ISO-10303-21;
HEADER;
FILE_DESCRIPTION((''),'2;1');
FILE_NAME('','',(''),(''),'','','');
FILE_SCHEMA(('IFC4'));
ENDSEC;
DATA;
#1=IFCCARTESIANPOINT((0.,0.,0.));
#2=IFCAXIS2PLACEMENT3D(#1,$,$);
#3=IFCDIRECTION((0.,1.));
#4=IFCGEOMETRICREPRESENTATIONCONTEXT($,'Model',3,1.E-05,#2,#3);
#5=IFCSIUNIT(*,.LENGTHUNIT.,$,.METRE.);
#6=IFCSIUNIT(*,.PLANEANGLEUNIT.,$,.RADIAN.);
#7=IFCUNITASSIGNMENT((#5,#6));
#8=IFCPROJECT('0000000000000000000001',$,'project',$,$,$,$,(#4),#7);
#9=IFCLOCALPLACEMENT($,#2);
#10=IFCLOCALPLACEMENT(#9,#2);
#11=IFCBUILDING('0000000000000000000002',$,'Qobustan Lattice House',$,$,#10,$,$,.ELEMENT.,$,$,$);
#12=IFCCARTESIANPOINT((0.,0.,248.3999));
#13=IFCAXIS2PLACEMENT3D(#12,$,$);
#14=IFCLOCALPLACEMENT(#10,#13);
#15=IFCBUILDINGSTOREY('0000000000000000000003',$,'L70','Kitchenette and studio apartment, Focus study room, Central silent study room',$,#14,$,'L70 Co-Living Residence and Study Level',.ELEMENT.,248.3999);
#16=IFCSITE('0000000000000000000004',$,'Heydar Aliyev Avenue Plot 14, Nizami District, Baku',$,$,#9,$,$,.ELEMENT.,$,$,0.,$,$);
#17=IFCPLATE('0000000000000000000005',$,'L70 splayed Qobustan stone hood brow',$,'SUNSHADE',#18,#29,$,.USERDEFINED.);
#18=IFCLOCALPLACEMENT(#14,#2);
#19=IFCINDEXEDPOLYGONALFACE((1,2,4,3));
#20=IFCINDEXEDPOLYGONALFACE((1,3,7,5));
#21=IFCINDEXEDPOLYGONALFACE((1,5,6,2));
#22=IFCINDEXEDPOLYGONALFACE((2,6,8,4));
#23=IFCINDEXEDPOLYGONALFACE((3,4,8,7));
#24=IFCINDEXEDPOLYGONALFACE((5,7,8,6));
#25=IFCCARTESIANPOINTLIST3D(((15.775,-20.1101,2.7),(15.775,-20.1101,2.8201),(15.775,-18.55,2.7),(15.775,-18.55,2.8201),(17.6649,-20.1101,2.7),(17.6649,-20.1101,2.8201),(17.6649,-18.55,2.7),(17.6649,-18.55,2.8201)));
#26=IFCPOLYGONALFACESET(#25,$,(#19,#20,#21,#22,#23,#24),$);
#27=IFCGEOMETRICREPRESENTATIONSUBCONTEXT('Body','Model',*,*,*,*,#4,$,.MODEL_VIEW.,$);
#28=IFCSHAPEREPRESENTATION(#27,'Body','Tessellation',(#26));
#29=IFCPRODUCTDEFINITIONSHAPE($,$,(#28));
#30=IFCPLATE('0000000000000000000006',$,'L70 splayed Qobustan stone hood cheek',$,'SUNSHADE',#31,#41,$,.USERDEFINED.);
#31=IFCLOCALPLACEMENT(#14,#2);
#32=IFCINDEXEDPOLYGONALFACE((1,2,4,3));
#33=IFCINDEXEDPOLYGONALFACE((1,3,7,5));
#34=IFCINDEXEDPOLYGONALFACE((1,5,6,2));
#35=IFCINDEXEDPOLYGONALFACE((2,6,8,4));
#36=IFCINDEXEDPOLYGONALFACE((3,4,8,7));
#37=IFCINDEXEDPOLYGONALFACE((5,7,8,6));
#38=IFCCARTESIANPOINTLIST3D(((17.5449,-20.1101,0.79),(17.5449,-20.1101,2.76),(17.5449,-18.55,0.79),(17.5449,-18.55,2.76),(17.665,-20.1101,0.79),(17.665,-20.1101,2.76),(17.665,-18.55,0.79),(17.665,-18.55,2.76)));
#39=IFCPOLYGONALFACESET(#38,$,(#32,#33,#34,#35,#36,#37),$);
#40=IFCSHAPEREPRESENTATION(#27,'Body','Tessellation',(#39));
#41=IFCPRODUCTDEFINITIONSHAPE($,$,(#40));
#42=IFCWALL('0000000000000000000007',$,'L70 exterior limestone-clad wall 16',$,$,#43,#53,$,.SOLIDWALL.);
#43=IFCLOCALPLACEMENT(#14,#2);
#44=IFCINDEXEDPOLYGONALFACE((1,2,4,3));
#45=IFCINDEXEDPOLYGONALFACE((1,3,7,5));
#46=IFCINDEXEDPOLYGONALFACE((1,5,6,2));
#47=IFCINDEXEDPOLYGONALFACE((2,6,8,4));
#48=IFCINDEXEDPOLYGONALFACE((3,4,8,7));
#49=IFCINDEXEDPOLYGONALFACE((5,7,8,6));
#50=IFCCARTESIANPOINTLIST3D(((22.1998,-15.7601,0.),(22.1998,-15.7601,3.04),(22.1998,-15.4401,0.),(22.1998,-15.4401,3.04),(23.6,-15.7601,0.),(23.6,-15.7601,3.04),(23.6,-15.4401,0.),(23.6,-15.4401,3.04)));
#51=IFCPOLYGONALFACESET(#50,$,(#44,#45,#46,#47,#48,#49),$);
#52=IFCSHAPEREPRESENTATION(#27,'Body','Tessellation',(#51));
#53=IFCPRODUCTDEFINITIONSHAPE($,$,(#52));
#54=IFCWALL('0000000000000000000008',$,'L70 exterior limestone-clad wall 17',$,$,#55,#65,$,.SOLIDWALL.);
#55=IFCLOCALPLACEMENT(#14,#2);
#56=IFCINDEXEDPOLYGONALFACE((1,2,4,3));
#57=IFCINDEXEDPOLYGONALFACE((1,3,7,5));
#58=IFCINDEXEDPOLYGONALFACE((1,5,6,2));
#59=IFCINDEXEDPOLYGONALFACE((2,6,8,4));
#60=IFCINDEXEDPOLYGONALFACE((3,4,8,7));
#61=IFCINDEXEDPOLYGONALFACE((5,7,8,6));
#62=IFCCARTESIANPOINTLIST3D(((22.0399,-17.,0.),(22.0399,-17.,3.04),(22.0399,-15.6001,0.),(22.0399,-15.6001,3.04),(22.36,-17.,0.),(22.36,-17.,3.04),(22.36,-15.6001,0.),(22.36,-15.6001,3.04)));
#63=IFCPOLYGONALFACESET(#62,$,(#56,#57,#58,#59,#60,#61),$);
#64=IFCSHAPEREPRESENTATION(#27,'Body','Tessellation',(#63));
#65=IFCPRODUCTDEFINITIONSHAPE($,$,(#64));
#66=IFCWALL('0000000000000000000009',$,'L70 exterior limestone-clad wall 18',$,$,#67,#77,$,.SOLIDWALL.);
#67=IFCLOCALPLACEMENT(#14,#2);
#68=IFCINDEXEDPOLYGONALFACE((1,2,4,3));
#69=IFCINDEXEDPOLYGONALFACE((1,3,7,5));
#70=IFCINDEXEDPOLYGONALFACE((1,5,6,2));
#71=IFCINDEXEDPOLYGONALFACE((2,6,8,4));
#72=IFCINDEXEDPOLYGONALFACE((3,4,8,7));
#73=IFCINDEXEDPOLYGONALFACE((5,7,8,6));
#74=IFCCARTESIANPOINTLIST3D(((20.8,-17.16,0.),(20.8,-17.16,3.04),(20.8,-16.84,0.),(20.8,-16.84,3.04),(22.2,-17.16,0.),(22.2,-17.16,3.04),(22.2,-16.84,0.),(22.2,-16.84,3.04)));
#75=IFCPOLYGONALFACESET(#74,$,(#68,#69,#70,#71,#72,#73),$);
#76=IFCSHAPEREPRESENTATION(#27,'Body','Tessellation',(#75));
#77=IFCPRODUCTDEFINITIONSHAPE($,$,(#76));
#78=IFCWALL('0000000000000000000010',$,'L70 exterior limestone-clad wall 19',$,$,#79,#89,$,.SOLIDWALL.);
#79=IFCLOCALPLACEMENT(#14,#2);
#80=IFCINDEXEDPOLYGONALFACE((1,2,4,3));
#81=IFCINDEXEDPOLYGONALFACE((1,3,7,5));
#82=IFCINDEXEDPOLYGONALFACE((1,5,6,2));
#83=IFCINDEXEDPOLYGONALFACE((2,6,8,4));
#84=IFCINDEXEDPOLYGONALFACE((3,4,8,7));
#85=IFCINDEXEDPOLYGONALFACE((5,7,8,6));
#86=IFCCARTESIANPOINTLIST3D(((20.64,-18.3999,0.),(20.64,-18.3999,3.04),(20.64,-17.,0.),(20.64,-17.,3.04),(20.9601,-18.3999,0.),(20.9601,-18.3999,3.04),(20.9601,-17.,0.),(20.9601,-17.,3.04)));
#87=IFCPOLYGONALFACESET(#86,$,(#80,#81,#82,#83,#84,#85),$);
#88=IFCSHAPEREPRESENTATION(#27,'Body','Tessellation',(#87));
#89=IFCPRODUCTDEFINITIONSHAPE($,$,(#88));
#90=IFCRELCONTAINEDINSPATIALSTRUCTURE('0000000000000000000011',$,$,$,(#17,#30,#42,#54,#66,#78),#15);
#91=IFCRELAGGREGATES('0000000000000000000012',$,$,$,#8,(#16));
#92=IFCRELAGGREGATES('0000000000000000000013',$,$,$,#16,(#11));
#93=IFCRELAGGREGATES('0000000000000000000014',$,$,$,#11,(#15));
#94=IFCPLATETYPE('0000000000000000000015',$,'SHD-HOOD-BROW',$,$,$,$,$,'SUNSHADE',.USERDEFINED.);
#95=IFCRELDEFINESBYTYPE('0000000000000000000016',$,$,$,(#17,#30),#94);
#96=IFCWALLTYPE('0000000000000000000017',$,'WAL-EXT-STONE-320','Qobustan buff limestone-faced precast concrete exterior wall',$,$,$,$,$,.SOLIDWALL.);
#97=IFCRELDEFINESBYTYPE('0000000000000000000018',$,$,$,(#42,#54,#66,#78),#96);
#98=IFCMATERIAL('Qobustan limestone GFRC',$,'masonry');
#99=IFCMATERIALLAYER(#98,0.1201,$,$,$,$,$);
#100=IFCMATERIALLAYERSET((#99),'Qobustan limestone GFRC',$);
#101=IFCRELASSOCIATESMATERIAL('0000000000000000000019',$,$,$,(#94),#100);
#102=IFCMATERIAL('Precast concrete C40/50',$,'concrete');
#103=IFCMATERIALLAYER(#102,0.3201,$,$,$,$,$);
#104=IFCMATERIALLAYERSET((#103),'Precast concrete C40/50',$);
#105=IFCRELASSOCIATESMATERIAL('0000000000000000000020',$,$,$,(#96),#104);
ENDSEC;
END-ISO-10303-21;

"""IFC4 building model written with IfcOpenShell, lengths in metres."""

from ifc_helpers import new_model, si_unit, direction, frame, frame_2d, origin, origin_2d, place, context, subcontext, project, spatial, rectangle, extrude, material, layer, layer_set, type_object, element, save


model = new_model("IFC4")

# Units and contexts
model_context = context("Model", 3, precision=1e-05, world=origin(), true_north=direction((0.0, 1.0)))
body_context = subcontext(model_context, "Body", "Model", "MODEL_VIEW")
ifc_project = project(units=[si_unit("LENGTHUNIT", "METRE"), si_unit("PLANEANGLEUNIT", "RADIAN")], contexts=[model_context])

# Site, building, storey
site_placement = place(None, origin())
site = spatial("IfcSite", under=ifc_project, at=site_placement, Name="Heydar Aliyev Avenue Plot 14, Nizami District, Baku", CompositionType="ELEMENT", RefElevation=0.0)
building_placement = place(site_placement, origin())
building = spatial("IfcBuilding", under=site, at=building_placement, Name="Qobustan Lattice House", CompositionType="ELEMENT")
storey_placement = place(building_placement, frame((0.0, 0.0, 248.3999)))
storey = spatial("IfcBuildingStorey", under=building, at=storey_placement, Name="L70", Description="Kitchenette and studio apartment, Focus study room, Central silent study room", LongName="L70 Co-Living Residence and Study Level", CompositionType="ELEMENT", Elevation=248.3999)

# Plates
ifc_material_1 = material(Name="Qobustan limestone GFRC", Category="masonry")
ifc_layer_1 = layer(ifc_material_1, 0.1201)
ifc_layer_set_1 = layer_set([ifc_layer_1], Name="Qobustan limestone GFRC")
plate_type = type_object("IfcPlateType", Name="SHD-HOOD-BROW", ElementType="SUNSHADE", PredefinedType="USERDEFINED", material=ifc_layer_set_1)
plate_1_placement = place(storey_placement, frame((16.72, -19.3301, 2.7), z_axis=(0.0, 0.0, 1.0), x_axis=(-1.0, 0.0, 0.0)))
element("IfcPlate", 1, at=plate_1_placement, inside=storey, type_object=plate_type, Name="L70 splayed Qobustan stone hood brow", ObjectType="SUNSHADE", PredefinedType="USERDEFINED", context=body_context, shape_type="SweptSolid", body=[
    extrude(rectangle(XDim=1.8899, YDim=1.5601, at=origin_2d()), origin(), (0.0, 0.0, 1.0), 0.1201),
])
plate_2_placement = place(storey_placement, frame((17.605, -19.3301, 0.79), z_axis=(0.0, 0.0, 1.0), x_axis=(-1.0, 0.0, 0.0)))
element("IfcPlate", 2, at=plate_2_placement, inside=storey, type_object=plate_type, Name="L70 splayed Qobustan stone hood cheek", ObjectType="SUNSHADE", PredefinedType="USERDEFINED", context=body_context, shape_type="SweptSolid", body=[
    extrude(rectangle(XDim=0.1201, YDim=1.5601, at=origin_2d()), origin(), (0.0, 0.0, 1.0), 1.97),
])

# Walls
ifc_material_2 = material(Name="Precast concrete C40/50", Category="concrete")
ifc_layer_2 = layer(ifc_material_2, 0.3201)
ifc_layer_set_2 = layer_set([ifc_layer_2], Name="Precast concrete C40/50")
wall_type = type_object("IfcWallType", Name="WAL-EXT-STONE-320", Description="Qobustan buff limestone-faced precast concrete exterior wall", PredefinedType="SOLIDWALL", material=ifc_layer_set_2)
wall_1_placement = place(storey_placement, frame((23.6001, -15.6001, 0.0), z_axis=(0.0, 0.0, 1.0), x_axis=(-1.0, 0.0, 0.0)))
element("IfcWall", 3, at=wall_1_placement, inside=storey, type_object=wall_type, Name="L70 exterior limestone-clad wall 16", PredefinedType="SOLIDWALL", context=body_context, shape_type="SweptSolid", body=[
    extrude(rectangle(XDim=1.4001, YDim=0.3201, at=frame_2d((0.7002, 0.0))), origin(), (0.0, 0.0, 1.0), 3.04),
])
for number, where, z_axis, x_axis, name in (
    (4, (22.2, -15.6001, 0.0), (0.0, 0.0, 1.0), (0.0, -1.0, 0.0), "L70 exterior limestone-clad wall 17"),
    (5, (22.2, -17.0, 0.0), (0.0, 0.0, 1.0), (-1.0, 0.0, 0.0), "L70 exterior limestone-clad wall 18"),
    (6, (20.8, -17.0, 0.0), (0.0, 0.0, 1.0), (0.0, -1.0, 0.0), "L70 exterior limestone-clad wall 19"),
):
    element("IfcWall", number, at=place(storey_placement, frame(where, z_axis=z_axis, x_axis=x_axis)), inside=storey, type_object=wall_type, Name=name, PredefinedType="SOLIDWALL", context=body_context, shape_type="SweptSolid", body=[
        extrude(rectangle(XDim=1.3999, YDim=0.3201, at=frame_2d((0.7, 0.0))), origin(), (0.0, 0.0, 1.0), 3.04),
    ])

save(model, "model.ifc")
